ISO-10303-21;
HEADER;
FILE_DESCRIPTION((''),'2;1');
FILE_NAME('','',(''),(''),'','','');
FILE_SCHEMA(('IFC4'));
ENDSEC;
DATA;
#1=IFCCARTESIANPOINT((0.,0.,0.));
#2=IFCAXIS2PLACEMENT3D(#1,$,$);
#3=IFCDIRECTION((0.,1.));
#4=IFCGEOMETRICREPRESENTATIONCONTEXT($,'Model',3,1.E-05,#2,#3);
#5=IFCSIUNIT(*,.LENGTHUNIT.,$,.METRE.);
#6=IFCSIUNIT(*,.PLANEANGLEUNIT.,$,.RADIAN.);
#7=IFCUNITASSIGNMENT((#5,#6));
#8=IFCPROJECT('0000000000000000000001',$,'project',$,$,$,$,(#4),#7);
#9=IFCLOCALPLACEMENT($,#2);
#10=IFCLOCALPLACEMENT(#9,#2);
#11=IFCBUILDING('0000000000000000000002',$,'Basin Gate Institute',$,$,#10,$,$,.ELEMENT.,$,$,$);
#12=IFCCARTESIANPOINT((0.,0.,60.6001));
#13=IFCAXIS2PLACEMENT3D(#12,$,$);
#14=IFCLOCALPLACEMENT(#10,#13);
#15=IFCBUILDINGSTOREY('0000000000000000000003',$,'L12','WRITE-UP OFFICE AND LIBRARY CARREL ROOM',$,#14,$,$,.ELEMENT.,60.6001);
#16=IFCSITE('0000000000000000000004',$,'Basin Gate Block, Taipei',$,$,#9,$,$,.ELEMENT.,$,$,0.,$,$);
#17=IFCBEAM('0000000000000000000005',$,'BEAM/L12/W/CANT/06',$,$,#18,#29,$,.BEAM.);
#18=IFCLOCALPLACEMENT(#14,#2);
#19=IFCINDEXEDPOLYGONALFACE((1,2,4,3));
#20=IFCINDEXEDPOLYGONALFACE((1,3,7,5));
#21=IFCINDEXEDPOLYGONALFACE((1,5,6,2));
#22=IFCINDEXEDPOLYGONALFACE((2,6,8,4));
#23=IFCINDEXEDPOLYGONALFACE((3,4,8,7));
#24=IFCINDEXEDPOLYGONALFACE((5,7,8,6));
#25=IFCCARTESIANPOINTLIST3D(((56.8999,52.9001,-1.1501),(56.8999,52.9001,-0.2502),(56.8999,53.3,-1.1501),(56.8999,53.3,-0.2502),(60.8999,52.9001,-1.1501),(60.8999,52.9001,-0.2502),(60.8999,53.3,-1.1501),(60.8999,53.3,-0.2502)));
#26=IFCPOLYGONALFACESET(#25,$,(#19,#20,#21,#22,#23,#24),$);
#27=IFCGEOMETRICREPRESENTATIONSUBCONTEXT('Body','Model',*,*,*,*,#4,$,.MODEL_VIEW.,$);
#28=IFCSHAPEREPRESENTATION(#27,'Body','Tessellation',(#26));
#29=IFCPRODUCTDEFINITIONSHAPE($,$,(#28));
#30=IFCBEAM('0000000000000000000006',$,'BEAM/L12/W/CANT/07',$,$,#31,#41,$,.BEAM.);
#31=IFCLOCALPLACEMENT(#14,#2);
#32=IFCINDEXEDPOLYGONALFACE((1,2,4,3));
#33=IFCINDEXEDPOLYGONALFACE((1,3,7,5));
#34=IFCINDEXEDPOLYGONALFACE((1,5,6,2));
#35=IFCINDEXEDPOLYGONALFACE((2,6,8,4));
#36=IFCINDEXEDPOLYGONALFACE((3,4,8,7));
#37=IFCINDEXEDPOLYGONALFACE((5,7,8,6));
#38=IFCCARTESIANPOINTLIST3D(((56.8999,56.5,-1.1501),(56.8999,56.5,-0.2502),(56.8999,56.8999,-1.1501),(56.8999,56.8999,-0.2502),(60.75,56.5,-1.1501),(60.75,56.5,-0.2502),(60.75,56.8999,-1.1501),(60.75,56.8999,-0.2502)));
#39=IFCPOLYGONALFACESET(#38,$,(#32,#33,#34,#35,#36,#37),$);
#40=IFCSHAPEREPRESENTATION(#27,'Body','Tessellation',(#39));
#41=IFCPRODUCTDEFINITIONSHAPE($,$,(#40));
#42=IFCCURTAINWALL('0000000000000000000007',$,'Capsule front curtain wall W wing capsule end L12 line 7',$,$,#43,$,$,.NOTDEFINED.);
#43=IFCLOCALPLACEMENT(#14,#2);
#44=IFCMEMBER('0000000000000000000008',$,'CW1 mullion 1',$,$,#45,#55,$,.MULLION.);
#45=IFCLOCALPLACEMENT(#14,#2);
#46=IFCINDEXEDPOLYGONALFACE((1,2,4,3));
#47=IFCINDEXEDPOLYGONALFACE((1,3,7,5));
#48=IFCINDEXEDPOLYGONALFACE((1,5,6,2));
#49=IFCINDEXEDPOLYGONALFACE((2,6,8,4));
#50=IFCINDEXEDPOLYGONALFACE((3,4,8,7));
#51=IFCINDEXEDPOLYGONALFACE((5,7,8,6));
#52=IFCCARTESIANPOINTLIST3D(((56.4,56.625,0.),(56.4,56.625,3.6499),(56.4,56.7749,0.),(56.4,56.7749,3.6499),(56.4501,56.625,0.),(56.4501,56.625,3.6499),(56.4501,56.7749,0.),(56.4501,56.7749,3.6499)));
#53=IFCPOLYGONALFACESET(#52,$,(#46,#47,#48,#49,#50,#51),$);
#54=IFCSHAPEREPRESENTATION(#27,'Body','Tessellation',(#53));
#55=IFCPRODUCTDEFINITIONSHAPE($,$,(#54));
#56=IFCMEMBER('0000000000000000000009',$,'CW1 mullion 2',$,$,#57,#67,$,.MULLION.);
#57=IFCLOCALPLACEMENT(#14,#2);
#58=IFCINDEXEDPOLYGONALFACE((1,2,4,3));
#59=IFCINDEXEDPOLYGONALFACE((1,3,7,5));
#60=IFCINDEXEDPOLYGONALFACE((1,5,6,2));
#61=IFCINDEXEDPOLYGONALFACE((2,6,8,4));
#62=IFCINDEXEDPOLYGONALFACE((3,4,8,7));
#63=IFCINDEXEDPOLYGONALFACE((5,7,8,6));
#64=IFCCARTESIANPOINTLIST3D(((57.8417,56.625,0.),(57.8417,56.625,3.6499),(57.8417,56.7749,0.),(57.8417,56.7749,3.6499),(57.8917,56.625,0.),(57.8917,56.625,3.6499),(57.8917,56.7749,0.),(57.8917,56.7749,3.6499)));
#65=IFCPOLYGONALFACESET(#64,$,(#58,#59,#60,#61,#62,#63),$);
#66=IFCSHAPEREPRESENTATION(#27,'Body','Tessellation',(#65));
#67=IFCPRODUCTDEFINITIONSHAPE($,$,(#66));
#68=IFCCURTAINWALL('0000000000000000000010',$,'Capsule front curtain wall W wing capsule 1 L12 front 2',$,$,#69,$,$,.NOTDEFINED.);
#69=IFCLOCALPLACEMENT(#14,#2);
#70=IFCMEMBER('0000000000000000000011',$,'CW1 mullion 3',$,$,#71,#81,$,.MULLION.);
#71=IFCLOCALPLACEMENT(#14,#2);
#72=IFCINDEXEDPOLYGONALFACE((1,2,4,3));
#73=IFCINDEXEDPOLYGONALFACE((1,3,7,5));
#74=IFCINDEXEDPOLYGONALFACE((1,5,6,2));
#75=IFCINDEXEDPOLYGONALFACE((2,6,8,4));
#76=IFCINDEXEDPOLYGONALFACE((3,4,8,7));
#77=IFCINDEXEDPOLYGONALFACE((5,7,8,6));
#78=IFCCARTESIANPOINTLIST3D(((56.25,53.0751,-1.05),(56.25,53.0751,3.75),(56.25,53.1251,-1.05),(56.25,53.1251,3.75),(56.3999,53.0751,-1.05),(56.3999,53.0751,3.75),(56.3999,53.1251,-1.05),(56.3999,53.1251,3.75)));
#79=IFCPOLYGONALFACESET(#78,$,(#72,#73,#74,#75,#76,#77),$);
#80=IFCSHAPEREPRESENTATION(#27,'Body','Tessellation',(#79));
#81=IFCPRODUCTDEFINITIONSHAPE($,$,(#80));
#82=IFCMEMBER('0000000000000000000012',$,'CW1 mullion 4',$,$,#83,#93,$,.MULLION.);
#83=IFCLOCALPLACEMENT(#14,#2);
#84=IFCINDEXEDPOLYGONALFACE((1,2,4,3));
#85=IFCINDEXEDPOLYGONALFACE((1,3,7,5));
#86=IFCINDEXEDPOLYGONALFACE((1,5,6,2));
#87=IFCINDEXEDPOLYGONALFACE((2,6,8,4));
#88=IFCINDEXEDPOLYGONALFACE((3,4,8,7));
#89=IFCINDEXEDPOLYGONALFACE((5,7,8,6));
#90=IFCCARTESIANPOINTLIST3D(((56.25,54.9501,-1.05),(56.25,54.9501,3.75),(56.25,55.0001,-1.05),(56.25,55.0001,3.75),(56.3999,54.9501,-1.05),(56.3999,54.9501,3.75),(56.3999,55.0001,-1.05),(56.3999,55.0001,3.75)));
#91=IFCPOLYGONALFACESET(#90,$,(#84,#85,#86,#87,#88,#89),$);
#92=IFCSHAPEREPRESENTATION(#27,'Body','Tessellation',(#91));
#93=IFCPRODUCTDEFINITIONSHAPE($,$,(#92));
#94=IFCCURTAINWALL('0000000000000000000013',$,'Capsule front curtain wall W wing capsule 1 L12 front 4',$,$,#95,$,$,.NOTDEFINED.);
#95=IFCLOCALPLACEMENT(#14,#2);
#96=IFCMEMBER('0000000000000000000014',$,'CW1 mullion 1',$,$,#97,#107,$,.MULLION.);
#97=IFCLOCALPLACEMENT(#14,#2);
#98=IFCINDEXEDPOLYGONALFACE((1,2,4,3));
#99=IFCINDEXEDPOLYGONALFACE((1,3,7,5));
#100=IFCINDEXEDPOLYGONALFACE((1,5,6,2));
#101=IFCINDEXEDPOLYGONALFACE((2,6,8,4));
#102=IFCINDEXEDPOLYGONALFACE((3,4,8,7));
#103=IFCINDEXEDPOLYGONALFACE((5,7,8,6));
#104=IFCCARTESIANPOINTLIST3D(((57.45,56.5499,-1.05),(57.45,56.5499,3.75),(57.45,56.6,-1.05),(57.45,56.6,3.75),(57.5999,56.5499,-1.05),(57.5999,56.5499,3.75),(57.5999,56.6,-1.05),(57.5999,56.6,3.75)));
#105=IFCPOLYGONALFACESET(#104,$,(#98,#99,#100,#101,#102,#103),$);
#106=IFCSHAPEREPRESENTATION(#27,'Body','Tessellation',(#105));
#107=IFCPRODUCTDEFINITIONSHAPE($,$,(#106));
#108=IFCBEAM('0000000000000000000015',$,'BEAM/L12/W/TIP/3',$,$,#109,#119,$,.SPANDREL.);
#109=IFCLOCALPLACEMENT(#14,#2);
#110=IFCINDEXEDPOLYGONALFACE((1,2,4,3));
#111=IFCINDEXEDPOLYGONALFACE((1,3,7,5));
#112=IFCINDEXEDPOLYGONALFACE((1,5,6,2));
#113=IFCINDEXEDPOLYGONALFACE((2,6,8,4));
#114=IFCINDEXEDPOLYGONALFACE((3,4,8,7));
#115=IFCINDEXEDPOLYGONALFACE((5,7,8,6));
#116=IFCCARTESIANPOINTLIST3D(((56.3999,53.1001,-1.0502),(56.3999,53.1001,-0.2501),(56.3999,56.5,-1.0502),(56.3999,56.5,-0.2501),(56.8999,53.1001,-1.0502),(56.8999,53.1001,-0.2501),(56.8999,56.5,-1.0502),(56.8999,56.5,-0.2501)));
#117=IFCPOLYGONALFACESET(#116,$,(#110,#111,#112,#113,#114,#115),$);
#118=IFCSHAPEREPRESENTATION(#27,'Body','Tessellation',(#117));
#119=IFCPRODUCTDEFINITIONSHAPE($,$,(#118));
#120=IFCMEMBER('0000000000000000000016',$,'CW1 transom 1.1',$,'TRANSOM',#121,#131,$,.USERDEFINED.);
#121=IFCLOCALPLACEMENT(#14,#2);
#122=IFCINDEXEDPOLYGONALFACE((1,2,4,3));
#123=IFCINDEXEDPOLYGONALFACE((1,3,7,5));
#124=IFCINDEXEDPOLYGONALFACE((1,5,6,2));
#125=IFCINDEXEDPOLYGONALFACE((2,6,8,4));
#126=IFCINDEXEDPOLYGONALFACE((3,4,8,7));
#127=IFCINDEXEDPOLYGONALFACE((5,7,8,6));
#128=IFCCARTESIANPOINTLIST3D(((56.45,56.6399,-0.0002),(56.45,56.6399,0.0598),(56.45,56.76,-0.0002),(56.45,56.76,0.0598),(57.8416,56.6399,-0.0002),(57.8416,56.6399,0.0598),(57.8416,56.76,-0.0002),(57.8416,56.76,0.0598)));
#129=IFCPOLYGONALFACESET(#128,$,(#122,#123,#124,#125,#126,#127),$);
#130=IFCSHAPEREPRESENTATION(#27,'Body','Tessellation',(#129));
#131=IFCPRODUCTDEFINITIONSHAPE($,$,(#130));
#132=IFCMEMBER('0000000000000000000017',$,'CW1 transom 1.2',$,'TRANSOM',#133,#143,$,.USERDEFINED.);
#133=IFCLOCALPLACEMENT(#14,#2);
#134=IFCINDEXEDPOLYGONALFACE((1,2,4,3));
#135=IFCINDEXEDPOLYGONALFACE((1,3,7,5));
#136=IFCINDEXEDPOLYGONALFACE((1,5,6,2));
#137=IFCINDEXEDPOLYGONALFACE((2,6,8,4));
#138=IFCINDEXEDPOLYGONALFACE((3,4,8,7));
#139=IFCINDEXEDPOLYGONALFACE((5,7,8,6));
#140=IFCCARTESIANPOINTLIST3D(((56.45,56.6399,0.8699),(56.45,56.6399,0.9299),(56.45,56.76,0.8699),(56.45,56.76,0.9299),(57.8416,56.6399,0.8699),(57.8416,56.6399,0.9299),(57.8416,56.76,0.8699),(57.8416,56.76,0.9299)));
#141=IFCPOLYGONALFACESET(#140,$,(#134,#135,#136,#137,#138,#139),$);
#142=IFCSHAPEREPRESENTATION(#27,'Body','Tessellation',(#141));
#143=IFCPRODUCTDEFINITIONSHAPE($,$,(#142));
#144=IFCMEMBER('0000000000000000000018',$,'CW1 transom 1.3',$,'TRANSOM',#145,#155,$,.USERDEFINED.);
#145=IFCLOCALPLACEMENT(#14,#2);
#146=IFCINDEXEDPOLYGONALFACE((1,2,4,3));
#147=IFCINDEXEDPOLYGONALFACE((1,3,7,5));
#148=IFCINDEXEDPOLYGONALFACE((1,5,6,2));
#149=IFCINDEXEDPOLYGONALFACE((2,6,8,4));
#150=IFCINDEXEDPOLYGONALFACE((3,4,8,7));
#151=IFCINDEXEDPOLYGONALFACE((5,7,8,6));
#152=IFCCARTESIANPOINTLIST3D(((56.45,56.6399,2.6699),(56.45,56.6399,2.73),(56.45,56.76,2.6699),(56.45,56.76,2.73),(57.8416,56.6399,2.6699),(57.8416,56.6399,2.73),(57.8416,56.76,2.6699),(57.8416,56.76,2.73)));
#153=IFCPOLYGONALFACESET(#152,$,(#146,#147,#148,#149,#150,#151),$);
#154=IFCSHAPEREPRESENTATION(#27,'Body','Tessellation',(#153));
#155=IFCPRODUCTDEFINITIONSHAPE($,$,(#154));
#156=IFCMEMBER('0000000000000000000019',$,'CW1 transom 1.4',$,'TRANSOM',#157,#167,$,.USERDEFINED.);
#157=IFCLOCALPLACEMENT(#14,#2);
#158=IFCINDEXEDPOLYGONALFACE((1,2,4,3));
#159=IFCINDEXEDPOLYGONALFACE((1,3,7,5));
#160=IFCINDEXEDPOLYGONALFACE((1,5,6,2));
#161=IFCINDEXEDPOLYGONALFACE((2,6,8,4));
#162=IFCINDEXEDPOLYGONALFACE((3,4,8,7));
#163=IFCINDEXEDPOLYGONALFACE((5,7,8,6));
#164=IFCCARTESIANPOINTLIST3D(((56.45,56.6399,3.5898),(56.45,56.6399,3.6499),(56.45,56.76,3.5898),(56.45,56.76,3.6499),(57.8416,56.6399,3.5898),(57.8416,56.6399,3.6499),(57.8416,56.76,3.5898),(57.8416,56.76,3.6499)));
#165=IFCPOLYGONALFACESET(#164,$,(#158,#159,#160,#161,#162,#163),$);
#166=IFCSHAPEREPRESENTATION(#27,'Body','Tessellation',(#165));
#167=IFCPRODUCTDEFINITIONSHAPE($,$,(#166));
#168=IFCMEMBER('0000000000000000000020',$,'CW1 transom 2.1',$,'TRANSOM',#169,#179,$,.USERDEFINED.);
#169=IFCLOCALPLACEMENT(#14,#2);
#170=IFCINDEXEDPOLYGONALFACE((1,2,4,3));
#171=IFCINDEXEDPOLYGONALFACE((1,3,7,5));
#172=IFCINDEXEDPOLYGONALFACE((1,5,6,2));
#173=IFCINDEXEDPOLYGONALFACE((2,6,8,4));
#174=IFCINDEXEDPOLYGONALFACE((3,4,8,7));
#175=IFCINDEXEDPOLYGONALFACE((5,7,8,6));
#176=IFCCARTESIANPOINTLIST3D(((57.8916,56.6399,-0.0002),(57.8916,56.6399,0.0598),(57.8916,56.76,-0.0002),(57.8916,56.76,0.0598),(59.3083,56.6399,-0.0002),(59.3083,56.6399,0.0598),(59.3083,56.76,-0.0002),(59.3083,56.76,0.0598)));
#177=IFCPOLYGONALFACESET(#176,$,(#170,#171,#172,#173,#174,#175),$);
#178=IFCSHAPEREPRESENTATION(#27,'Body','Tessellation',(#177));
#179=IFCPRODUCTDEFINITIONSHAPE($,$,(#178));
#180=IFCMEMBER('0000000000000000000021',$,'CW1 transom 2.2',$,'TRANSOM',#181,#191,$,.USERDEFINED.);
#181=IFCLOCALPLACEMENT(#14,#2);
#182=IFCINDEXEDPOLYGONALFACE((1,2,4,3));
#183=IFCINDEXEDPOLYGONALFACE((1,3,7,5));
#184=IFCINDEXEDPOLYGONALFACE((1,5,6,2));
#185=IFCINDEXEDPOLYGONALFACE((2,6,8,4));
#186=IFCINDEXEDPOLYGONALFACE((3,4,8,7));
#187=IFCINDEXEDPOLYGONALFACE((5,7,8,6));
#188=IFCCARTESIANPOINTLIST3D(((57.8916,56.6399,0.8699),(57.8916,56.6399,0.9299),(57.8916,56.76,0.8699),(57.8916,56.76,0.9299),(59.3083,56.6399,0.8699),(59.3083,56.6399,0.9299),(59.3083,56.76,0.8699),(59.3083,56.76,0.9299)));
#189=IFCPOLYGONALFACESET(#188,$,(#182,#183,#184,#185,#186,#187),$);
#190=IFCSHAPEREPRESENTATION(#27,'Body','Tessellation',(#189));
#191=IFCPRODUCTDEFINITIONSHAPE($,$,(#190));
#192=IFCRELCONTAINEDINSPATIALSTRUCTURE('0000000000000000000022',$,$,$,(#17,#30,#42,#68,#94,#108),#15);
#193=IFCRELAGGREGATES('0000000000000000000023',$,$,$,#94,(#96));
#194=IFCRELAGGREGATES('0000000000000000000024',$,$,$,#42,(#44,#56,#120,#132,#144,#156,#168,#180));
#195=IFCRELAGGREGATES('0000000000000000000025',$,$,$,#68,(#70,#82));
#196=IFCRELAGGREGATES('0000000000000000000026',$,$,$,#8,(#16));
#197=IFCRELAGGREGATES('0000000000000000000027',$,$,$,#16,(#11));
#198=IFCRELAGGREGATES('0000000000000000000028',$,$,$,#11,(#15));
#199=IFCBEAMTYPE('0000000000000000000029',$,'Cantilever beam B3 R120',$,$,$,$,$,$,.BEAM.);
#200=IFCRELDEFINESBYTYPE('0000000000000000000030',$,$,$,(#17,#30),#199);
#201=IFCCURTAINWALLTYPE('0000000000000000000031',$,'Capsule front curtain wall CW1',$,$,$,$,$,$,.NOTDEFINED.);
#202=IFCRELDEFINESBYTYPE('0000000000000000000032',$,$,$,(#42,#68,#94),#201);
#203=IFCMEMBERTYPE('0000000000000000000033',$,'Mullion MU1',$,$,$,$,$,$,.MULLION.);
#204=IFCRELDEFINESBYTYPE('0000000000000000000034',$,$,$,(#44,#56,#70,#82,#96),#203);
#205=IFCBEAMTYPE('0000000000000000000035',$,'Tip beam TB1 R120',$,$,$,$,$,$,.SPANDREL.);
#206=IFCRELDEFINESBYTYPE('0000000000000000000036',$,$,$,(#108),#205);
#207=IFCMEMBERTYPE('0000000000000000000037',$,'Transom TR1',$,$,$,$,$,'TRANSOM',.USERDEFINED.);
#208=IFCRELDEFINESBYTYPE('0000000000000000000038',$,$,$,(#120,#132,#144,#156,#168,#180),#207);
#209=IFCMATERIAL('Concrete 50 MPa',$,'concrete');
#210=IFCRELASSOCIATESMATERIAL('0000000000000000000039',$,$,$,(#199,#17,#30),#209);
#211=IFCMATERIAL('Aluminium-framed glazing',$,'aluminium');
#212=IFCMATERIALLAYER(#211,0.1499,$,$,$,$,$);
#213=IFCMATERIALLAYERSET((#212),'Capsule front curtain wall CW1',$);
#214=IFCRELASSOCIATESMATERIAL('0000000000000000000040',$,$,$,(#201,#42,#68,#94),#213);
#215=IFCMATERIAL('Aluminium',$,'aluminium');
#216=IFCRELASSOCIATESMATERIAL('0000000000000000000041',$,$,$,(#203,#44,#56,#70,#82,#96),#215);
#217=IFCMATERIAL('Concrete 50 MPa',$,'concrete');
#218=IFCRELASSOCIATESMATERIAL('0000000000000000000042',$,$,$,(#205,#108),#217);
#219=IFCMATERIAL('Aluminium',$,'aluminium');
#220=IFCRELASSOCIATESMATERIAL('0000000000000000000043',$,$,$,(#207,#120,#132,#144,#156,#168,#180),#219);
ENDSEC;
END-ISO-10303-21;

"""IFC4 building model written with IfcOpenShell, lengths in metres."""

from ifc_helpers import new_model, si_unit, direction, frame, origin, origin_2d, place, context, subcontext, project, spatial, rectangle, extrude, material, layer, layer_set, material_profile, profile_set, type_object, element, aggregate, save


model = new_model("IFC4")

# Units and contexts
model_context = context("Model", 3, precision=1e-05, world=origin(), true_north=direction((0.0, 1.0)))
body_context = subcontext(model_context, "Body", "Model", "MODEL_VIEW")
ifc_project = project(units=[si_unit("LENGTHUNIT", "METRE"), si_unit("PLANEANGLEUNIT", "RADIAN")], contexts=[model_context])

# Site, building, storey
site_placement = place(None, origin())
site = spatial("IfcSite", under=ifc_project, at=site_placement, Name="Basin Gate Block, Taipei", CompositionType="ELEMENT", RefElevation=0.0)
building_placement = place(site_placement, origin())
building = spatial("IfcBuilding", under=site, at=building_placement, Name="Basin Gate Institute", CompositionType="ELEMENT")
storey_placement = place(building_placement, frame((0.0, 0.0, 60.6001)))
storey = spatial("IfcBuildingStorey", under=building, at=storey_placement, Name="L12", Description="WRITE-UP OFFICE AND LIBRARY CARREL ROOM", CompositionType="ELEMENT", Elevation=60.6001)

# Beams
ifc_material_1 = material(Name="Concrete 50 MPa", Category="concrete")
ifc_material_profile_1 = material_profile(ifc_material_1, rectangle(XDim=0.3999, YDim=0.8999, at=origin_2d()), Name="Cantilever beam B3 400 x 900")
ifc_profile_set_1 = profile_set([ifc_material_profile_1], Name="Concrete 50 MPa")
beam_type_1 = type_object("IfcBeamType", Name="Cantilever beam B3 R120", PredefinedType="BEAM", material=ifc_profile_set_1)
beam_1_placement = place(storey_placement, frame((56.8999, 53.1001, -0.7002), z_axis=(1.0, 0.0, 0.0), x_axis=(0.0, 1.0, 0.0)))
element("IfcBeam", 1, at=beam_1_placement, inside=storey, type_object=beam_type_1, material=ifc_profile_set_1, Name="BEAM/L12/W/CANT/06", PredefinedType="BEAM", context=body_context, shape_type="SweptSolid", body=[
    extrude(rectangle(XDim=0.3999, YDim=0.8999, at=origin_2d()), origin(), (0.0, 0.0, 1.0), 4.0),
])
beam_2_placement = place(storey_placement, frame((56.8999, 56.7, -0.7002), z_axis=(1.0, 0.0, 0.0), x_axis=(0.0, 1.0, 0.0)))
element("IfcBeam", 2, at=beam_2_placement, inside=storey, type_object=beam_type_1, material=ifc_profile_set_1, Name="BEAM/L12/W/CANT/07", PredefinedType="BEAM", context=body_context, shape_type="SweptSolid", body=[
    extrude(rectangle(XDim=0.3999, YDim=0.8999, at=origin_2d()), origin(), (0.0, 0.0, 1.0), 3.8501),
])

# Curtain walls, members
ifc_material_2 = material(Name="Aluminium-framed glazing", Category="aluminium")
ifc_layer_1 = layer(ifc_material_2, 0.1499)
ifc_layer_set_1 = layer_set([ifc_layer_1], Name="Capsule front curtain wall CW1")
curtain_wall_type = type_object("IfcCurtainWallType", Name="Capsule front curtain wall CW1", PredefinedType="NOTDEFINED", material=ifc_layer_set_1)
curtain_wall_1_placement = place(storey_placement, origin())
curtain_wall_1 = element("IfcCurtainWall", 3, at=curtain_wall_1_placement, inside=storey, type_object=curtain_wall_type, material=ifc_layer_set_1, Name="Capsule front curtain wall W wing capsule end L12 line 7", PredefinedType="NOTDEFINED")
ifc_material_3 = material(Name="Aluminium", Category="aluminium")
ifc_material_profile_2 = material_profile(ifc_material_3, rectangle(XDim=0.1499, YDim=0.05, at=origin_2d()), Name="Mullion MU1 150 x 50")
ifc_profile_set_2 = profile_set([ifc_material_profile_2], Name="Aluminium")
member_type_1 = type_object("IfcMemberType", Name="Mullion MU1", PredefinedType="MULLION", material=ifc_profile_set_2)
member_1_placement = place(storey_placement, frame((56.425, 56.7, 0.0), z_axis=(0.0, 0.0, 1.0), x_axis=(0.0, 1.0, 0.0)))
member_1 = element("IfcMember", 4, at=member_1_placement, type_object=member_type_1, material=ifc_profile_set_2, Name="CW1 mullion 1", PredefinedType="MULLION", context=body_context, shape_type="SweptSolid", body=[
    extrude(rectangle(XDim=0.1499, YDim=0.05, at=origin_2d()), origin(), (0.0, 0.0, 1.0), 3.6499),
])
member_2_placement = place(storey_placement, frame((57.8667, 56.7, 0.0), z_axis=(0.0, 0.0, 1.0), x_axis=(0.0, 1.0, 0.0)))
member_2 = element("IfcMember", 5, at=member_2_placement, type_object=member_type_1, material=ifc_profile_set_2, Name="CW1 mullion 2", PredefinedType="MULLION", context=body_context, shape_type="SweptSolid", body=[
    extrude(rectangle(XDim=0.1499, YDim=0.05, at=origin_2d()), origin(), (0.0, 0.0, 1.0), 3.6499),
])
curtain_wall_2_placement = place(storey_placement, origin())
curtain_wall_2 = element("IfcCurtainWall", 6, at=curtain_wall_2_placement, inside=storey, type_object=curtain_wall_type, material=ifc_layer_set_1, Name="Capsule front curtain wall W wing capsule 1 L12 front 2", PredefinedType="NOTDEFINED")
member_3_placement = place(storey_placement, frame((56.325, 53.1001, -1.05), z_axis=(0.0, 0.0, 1.0), x_axis=(-1.0, 0.0, 0.0)))
member_3 = element("IfcMember", 7, at=member_3_placement, type_object=member_type_1, material=ifc_profile_set_2, Name="CW1 mullion 3", PredefinedType="MULLION", context=body_context, shape_type="SweptSolid", body=[
    extrude(rectangle(XDim=0.1499, YDim=0.05, at=origin_2d()), origin(), (0.0, 0.0, 1.0), 4.8),
])
member_4_placement = place(storey_placement, frame((56.325, 54.9751, -1.05), z_axis=(0.0, 0.0, 1.0), x_axis=(-1.0, 0.0, 0.0)))
member_4 = element("IfcMember", 8, at=member_4_placement, type_object=member_type_1, material=ifc_profile_set_2, Name="CW1 mullion 4", PredefinedType="MULLION", context=body_context, shape_type="SweptSolid", body=[
    extrude(rectangle(XDim=0.1499, YDim=0.05, at=origin_2d()), origin(), (0.0, 0.0, 1.0), 4.8),
])

# Curtain wall, member
curtain_wall_3_placement = place(storey_placement, origin())
curtain_wall_3 = element("IfcCurtainWall", 9, at=curtain_wall_3_placement, inside=storey, type_object=curtain_wall_type, material=ifc_layer_set_1, Name="Capsule front curtain wall W wing capsule 1 L12 front 4", PredefinedType="NOTDEFINED")
member_5_placement = place(storey_placement, frame((57.5249, 56.575, -1.05), z_axis=(0.0, 0.0, 1.0), x_axis=(-1.0, 0.0, 0.0)))
member_5 = element("IfcMember", 10, at=member_5_placement, type_object=member_type_1, material=ifc_profile_set_2, Name="CW1 mullion 1", PredefinedType="MULLION", context=body_context, shape_type="SweptSolid", body=[
    extrude(rectangle(XDim=0.1499, YDim=0.05, at=origin_2d()), origin(), (0.0, 0.0, 1.0), 4.8),
])

# Beam
ifc_material_4 = material(Name="Concrete 50 MPa", Category="concrete")
ifc_material_profile_3 = material_profile(ifc_material_4, rectangle(XDim=0.5, YDim=0.8, at=origin_2d()), Name="Tip beam TB1 500 x 800")
ifc_profile_set_3 = profile_set([ifc_material_profile_3], Name="Concrete 50 MPa")
beam_type_2 = type_object("IfcBeamType", Name="Tip beam TB1 R120", PredefinedType="SPANDREL", material=ifc_profile_set_3)
beam_3_placement = place(storey_placement, frame((56.6499, 53.1001, -0.6501), z_axis=(0.0, 1.0, 0.0), x_axis=(-1.0, 0.0, 0.0)))
element("IfcBeam", 11, at=beam_3_placement, inside=storey, type_object=beam_type_2, material=ifc_profile_set_3, Name="BEAM/L12/W/TIP/3", PredefinedType="SPANDREL", context=body_context, shape_type="SweptSolid", body=[
    extrude(rectangle(XDim=0.5, YDim=0.8, at=origin_2d()), origin(), (0.0, 0.0, 1.0), 3.3999),
])

# Members
ifc_material_5 = material(Name="Aluminium", Category="aluminium")
ifc_material_profile_4 = material_profile(ifc_material_5, rectangle(XDim=0.1201, YDim=0.0601, at=origin_2d()), Name="Transom TR1 120 x 60")
ifc_profile_set_4 = profile_set([ifc_material_profile_4], Name="Aluminium")
member_type_2 = type_object("IfcMemberType", Name="Transom TR1", ElementType="TRANSOM", PredefinedType="USERDEFINED", material=ifc_profile_set_4)
member_6_placement = place(storey_placement, frame((56.45, 56.7, 0.0298), z_axis=(1.0, 0.0, 0.0), x_axis=(0.0, 1.0, 0.0)))
member_6 = element("IfcMember", 12, at=member_6_placement, type_object=member_type_2, material=ifc_profile_set_4, Name="CW1 transom 1.1", ObjectType="TRANSOM", PredefinedType="USERDEFINED", context=body_context, shape_type="SweptSolid", body=[
    extrude(rectangle(XDim=0.1201, YDim=0.0601, at=origin_2d()), origin(), (0.0, 0.0, 1.0), 1.3916),
])
member_7_placement = place(storey_placement, frame((56.45, 56.7, 0.8999), z_axis=(1.0, 0.0, 0.0), x_axis=(0.0, 1.0, 0.0)))
member_7 = element("IfcMember", 13, at=member_7_placement, type_object=member_type_2, material=ifc_profile_set_4, Name="CW1 transom 1.2", ObjectType="TRANSOM", PredefinedType="USERDEFINED", context=body_context, shape_type="SweptSolid", body=[
    extrude(rectangle(XDim=0.1201, YDim=0.0601, at=origin_2d()), origin(), (0.0, 0.0, 1.0), 1.3916),
])
member_8_placement = place(storey_placement, frame((56.45, 56.7, 2.7), z_axis=(1.0, 0.0, 0.0), x_axis=(0.0, 1.0, 0.0)))
member_8 = element("IfcMember", 14, at=member_8_placement, type_object=member_type_2, material=ifc_profile_set_4, Name="CW1 transom 1.3", ObjectType="TRANSOM", PredefinedType="USERDEFINED", context=body_context, shape_type="SweptSolid", body=[
    extrude(rectangle(XDim=0.1201, YDim=0.0601, at=origin_2d()), origin(), (0.0, 0.0, 1.0), 1.3916),
])
member_9_placement = place(storey_placement, frame((56.45, 56.7, 3.6199), z_axis=(1.0, 0.0, 0.0), x_axis=(0.0, 1.0, 0.0)))
member_9 = element("IfcMember", 15, at=member_9_placement, type_object=member_type_2, material=ifc_profile_set_4, Name="CW1 transom 1.4", ObjectType="TRANSOM", PredefinedType="USERDEFINED", context=body_context, shape_type="SweptSolid", body=[
    extrude(rectangle(XDim=0.1201, YDim=0.0601, at=origin_2d()), origin(), (0.0, 0.0, 1.0), 1.3916),
])
member_10_placement = place(storey_placement, frame((57.8916, 56.7, 0.0298), z_axis=(1.0, 0.0, 0.0), x_axis=(0.0, 1.0, 0.0)))
member_10 = element("IfcMember", 16, at=member_10_placement, type_object=member_type_2, material=ifc_profile_set_4, Name="CW1 transom 2.1", ObjectType="TRANSOM", PredefinedType="USERDEFINED", context=body_context, shape_type="SweptSolid", body=[
    extrude(rectangle(XDim=0.1201, YDim=0.0601, at=origin_2d()), origin(), (0.0, 0.0, 1.0), 1.4167),
])
member_11_placement = place(storey_placement, frame((57.8916, 56.7, 0.8999), z_axis=(1.0, 0.0, 0.0), x_axis=(0.0, 1.0, 0.0)))
member_11 = element("IfcMember", 17, at=member_11_placement, type_object=member_type_2, material=ifc_profile_set_4, Name="CW1 transom 2.2", ObjectType="TRANSOM", PredefinedType="USERDEFINED", context=body_context, shape_type="SweptSolid", body=[
    extrude(rectangle(XDim=0.1201, YDim=0.0601, at=origin_2d()), origin(), (0.0, 0.0, 1.0), 1.4167),
])
aggregate(curtain_wall_3, [member_5])

aggregate(curtain_wall_1, [member_1, member_2, member_6, member_7, member_8, member_9, member_10, member_11])
aggregate(curtain_wall_2, [member_3, member_4])

save(model, "model.ifc")
